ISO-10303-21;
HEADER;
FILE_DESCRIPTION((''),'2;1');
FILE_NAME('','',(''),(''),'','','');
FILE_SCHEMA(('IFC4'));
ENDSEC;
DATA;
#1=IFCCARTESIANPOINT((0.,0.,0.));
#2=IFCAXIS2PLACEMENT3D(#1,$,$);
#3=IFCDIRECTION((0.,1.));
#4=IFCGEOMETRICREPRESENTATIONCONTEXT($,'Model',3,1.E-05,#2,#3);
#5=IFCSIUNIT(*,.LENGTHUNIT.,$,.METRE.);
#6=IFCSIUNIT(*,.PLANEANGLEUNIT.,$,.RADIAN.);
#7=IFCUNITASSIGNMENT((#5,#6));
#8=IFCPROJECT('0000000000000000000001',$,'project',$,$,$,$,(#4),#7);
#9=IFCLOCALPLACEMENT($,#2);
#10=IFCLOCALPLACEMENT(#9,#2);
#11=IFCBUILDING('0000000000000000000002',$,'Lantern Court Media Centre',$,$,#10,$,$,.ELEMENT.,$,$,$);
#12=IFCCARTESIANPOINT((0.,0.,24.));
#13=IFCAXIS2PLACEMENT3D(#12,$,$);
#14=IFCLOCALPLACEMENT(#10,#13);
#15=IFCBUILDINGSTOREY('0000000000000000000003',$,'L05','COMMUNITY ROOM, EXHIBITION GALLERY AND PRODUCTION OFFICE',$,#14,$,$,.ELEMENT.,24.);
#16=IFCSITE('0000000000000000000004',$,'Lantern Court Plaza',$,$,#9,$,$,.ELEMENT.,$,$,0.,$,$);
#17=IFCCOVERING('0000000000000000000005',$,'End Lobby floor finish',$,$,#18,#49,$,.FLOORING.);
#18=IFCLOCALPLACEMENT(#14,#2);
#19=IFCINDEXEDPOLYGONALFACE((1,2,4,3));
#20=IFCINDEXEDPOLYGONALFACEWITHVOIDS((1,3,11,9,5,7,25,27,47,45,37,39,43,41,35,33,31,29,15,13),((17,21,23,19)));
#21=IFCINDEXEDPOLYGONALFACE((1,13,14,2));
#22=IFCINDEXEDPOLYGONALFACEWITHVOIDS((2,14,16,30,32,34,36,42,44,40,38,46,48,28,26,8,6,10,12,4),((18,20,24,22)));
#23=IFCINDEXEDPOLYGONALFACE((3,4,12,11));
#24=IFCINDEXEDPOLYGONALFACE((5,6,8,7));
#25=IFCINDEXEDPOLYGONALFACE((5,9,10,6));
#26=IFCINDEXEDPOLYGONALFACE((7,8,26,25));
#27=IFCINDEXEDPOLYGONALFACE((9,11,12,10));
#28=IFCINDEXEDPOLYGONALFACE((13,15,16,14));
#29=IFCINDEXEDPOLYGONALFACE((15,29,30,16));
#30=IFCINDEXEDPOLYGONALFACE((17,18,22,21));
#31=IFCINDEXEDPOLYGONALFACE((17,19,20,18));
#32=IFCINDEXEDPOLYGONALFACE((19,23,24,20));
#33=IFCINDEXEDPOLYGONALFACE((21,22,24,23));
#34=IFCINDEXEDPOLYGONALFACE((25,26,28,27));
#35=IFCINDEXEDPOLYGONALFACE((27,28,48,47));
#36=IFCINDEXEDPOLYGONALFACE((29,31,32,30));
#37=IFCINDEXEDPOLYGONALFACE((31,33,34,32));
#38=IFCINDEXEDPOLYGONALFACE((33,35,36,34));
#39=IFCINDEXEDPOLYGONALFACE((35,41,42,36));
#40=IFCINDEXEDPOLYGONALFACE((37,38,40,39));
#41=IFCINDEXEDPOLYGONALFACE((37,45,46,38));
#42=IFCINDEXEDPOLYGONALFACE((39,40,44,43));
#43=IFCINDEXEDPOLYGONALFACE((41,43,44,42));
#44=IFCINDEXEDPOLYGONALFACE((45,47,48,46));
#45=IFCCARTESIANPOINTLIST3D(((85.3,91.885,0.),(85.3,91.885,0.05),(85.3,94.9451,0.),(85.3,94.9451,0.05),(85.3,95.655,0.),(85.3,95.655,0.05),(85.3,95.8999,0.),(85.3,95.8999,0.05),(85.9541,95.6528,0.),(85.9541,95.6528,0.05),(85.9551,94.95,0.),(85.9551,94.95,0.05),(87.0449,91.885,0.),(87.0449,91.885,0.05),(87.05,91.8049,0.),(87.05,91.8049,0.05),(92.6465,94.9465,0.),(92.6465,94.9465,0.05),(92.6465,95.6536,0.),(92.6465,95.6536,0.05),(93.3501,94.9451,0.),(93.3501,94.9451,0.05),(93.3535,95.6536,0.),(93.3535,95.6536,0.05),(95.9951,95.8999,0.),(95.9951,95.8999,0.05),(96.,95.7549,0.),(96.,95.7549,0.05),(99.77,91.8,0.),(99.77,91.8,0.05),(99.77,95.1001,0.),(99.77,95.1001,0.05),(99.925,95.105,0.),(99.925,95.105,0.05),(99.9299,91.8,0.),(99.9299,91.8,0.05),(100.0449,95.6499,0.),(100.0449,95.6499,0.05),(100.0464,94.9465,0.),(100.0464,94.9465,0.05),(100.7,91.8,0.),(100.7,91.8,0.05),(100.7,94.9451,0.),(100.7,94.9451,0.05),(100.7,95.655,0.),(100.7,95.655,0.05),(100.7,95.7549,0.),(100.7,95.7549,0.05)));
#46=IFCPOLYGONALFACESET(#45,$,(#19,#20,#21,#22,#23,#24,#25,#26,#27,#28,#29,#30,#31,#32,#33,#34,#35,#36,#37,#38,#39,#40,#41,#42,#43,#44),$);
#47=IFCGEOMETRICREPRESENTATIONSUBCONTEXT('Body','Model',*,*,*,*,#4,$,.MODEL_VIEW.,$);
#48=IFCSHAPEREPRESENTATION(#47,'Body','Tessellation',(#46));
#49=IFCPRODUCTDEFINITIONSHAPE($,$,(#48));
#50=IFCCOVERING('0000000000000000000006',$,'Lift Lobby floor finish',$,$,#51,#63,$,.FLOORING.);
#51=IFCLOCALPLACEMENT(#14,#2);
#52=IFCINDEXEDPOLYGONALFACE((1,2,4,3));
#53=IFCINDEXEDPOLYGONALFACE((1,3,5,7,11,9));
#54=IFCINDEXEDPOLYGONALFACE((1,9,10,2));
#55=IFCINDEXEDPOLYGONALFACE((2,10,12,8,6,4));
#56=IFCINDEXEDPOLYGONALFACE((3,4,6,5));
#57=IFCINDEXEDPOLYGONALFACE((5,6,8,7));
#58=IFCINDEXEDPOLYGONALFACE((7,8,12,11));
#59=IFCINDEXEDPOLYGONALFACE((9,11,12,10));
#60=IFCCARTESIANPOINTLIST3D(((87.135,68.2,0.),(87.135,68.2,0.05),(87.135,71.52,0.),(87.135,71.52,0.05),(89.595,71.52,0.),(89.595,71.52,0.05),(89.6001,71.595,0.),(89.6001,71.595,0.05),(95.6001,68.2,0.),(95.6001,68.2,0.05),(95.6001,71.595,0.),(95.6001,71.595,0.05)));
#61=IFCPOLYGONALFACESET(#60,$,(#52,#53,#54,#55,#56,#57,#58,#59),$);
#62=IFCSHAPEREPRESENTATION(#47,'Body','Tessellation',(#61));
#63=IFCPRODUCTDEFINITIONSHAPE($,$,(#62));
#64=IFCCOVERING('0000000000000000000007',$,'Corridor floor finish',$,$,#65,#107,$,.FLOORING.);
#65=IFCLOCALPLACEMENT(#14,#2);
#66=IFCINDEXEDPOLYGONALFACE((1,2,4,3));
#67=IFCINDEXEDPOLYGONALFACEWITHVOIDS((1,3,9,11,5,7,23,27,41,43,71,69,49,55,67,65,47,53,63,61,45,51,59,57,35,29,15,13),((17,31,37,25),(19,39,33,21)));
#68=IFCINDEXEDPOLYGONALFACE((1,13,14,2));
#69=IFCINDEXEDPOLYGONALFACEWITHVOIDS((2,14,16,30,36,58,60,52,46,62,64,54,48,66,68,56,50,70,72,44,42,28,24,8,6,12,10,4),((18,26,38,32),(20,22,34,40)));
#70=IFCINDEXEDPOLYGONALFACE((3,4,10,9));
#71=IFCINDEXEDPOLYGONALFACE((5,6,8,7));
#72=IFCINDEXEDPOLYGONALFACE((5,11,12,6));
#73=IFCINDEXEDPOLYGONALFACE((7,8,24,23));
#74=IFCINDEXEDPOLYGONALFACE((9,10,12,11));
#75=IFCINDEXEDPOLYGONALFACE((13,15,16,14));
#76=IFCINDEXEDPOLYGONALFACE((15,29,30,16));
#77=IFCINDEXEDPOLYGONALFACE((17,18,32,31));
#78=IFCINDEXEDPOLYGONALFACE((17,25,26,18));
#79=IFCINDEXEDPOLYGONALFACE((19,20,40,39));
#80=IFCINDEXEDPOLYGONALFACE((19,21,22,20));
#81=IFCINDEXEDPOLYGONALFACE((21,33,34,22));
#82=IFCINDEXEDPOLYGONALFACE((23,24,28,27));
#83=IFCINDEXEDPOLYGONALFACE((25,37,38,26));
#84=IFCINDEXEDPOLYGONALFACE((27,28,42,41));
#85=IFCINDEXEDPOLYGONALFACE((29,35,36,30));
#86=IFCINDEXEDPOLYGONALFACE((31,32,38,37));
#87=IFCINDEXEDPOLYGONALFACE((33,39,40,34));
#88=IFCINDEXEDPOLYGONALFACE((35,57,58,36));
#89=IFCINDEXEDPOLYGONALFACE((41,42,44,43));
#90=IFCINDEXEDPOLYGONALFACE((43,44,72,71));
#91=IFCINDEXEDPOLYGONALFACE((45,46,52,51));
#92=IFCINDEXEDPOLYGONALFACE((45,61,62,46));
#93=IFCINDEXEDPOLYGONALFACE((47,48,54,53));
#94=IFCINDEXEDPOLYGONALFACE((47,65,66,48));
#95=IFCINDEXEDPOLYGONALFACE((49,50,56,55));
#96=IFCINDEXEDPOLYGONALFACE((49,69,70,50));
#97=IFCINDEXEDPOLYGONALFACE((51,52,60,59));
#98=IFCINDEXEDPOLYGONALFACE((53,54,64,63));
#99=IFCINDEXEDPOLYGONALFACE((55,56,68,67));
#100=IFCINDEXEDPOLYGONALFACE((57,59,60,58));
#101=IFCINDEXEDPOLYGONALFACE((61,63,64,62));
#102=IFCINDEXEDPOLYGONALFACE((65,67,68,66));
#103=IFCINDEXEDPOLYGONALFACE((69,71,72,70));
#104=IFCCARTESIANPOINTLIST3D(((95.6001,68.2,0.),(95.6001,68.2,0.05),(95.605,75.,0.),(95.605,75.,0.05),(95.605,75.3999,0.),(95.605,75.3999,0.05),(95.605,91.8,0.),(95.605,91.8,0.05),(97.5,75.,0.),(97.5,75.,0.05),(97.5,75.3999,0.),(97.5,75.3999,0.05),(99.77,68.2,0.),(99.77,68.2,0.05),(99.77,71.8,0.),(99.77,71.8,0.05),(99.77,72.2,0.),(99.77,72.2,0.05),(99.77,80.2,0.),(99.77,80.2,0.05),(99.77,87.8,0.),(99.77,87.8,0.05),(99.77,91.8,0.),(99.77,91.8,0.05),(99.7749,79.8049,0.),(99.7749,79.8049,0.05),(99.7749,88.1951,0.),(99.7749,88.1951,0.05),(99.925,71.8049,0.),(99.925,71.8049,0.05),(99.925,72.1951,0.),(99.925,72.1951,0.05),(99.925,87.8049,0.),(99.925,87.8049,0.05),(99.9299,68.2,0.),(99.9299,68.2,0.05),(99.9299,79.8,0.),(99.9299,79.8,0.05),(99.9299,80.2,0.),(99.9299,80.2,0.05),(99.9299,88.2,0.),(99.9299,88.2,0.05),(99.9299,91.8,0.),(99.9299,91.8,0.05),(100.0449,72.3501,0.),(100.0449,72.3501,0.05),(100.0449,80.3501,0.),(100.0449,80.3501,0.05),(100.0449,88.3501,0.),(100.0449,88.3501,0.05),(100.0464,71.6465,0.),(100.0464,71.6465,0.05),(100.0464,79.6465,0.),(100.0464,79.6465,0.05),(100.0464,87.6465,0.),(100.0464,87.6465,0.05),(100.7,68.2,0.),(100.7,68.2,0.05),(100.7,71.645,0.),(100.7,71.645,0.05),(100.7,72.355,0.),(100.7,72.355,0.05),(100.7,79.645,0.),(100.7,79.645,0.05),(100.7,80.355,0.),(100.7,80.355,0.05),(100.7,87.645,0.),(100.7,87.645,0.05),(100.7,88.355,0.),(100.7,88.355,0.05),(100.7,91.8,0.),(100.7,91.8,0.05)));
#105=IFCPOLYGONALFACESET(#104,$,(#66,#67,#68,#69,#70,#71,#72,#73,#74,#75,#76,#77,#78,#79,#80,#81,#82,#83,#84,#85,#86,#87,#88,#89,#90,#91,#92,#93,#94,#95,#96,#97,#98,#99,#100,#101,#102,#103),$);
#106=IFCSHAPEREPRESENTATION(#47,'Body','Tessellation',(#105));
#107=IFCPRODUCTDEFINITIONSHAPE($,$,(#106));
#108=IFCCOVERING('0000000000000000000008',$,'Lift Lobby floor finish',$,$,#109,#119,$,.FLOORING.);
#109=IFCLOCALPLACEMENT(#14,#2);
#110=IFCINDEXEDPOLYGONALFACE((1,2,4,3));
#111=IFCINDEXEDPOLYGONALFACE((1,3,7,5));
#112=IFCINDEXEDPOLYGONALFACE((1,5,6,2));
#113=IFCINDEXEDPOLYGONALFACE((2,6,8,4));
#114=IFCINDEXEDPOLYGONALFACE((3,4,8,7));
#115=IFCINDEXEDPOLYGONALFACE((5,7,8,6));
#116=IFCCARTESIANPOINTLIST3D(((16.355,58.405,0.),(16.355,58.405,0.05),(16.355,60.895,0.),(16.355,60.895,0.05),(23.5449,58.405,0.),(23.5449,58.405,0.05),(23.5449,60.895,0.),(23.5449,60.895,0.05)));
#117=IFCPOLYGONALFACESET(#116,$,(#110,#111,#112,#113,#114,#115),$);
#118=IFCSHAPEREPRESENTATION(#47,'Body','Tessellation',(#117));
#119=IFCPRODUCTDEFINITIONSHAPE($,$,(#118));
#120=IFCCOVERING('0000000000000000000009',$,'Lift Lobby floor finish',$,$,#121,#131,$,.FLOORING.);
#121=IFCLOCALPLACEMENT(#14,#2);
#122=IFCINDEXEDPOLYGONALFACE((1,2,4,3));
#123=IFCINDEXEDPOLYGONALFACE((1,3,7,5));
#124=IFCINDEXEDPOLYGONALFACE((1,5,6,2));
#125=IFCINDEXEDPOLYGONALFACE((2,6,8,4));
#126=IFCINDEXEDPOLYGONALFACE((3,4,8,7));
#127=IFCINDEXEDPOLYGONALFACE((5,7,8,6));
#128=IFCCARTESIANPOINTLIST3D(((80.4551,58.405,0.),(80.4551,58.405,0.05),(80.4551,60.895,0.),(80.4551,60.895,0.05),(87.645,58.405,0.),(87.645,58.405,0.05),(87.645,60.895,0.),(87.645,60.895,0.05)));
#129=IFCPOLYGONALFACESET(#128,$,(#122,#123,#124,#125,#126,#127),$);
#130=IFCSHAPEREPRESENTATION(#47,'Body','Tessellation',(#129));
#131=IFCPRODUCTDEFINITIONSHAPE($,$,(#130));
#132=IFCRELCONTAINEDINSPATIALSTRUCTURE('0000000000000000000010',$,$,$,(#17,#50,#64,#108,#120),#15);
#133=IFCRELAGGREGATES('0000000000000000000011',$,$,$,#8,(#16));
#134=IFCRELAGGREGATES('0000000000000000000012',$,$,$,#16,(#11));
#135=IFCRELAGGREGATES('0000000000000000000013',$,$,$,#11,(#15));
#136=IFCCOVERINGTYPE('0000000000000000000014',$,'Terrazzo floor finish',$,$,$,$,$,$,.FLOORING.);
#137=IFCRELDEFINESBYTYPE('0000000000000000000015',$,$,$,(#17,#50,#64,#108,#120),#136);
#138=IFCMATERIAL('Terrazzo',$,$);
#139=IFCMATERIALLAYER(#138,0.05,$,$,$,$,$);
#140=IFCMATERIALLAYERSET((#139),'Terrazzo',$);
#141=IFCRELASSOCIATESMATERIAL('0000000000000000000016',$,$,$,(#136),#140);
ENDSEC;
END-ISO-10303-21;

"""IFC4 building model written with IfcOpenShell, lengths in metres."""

from ifc_helpers import new_model, si_unit, direction, frame, origin, place, context, subcontext, project, spatial, polyline, outline, extrude, material, layer, layer_set, type_object, element, save


model = new_model("IFC4")

# Units and contexts
model_context = context("Model", 3, precision=1e-05, world=origin(), true_north=direction((0.0, 1.0)))
body_context = subcontext(model_context, "Body", "Model", "MODEL_VIEW")
ifc_project = project(units=[si_unit("LENGTHUNIT", "METRE"), si_unit("PLANEANGLEUNIT", "RADIAN")], contexts=[model_context])

# Site, building, storey
site_placement = place(None, origin())
site = spatial("IfcSite", under=ifc_project, at=site_placement, Name="Lantern Court Plaza", CompositionType="ELEMENT", RefElevation=0.0)
building_placement = place(site_placement, origin())
building = spatial("IfcBuilding", under=site, at=building_placement, Name="Lantern Court Media Centre", CompositionType="ELEMENT")
storey_placement = place(building_placement, frame((0.0, 0.0, 24.0)))
storey = spatial("IfcBuildingStorey", under=building, at=storey_placement, Name="L05", Description="COMMUNITY ROOM, EXHIBITION GALLERY AND PRODUCTION OFFICE", CompositionType="ELEMENT", Elevation=24.0)

# Coverings
ifc_material_1 = material(Name="Terrazzo")
ifc_layer_1 = layer(ifc_material_1, 0.05)
ifc_layer_set_1 = layer_set([ifc_layer_1], Name="Terrazzo")
covering_type_1 = type_object("IfcCoveringType", Name="Terrazzo floor finish", PredefinedType="FLOORING", material=ifc_layer_set_1)
covering_1_placement = place(storey_placement, origin())
element("IfcCovering", 1, at=covering_1_placement, inside=storey, type_object=covering_type_1, Name="End Lobby floor finish", PredefinedType="FLOORING", context=body_context, shape_type="SweptSolid", body=[
    extrude(outline(polyline([(100.7, 91.8), (99.9299, 91.8), (99.925, 95.105), (99.77, 95.1001), (99.77, 91.8), (87.05, 91.8049), (87.0449, 91.885), (85.3, 91.885), (85.3, 94.9451), (85.9551, 94.95), (85.9541, 95.6528), (85.3, 95.655), (85.3, 95.8999), (95.9951, 95.8999), (96.0, 95.7549), (100.7, 95.7549), (100.7, 95.655), (100.0449, 95.6499), (100.0464, 94.9465), (100.7, 94.9451), (100.7, 91.8)]), holes=[polyline([(93.3501, 94.9451), (93.3535, 95.6536), (92.6465, 95.6536), (92.6465, 94.9465), (93.3501, 94.9451)])]), origin(), (0.0, 0.0, 1.0), 0.05),
])
covering_2_placement = place(storey_placement, origin())
element("IfcCovering", 2, at=covering_2_placement, inside=storey, type_object=covering_type_1, Name="Lift Lobby floor finish", PredefinedType="FLOORING", context=body_context, shape_type="SweptSolid", body=[
    extrude(outline(polyline([(95.6001, 68.2), (87.135, 68.2), (87.135, 71.52), (89.595, 71.52), (89.6001, 71.595), (95.6001, 71.595), (95.6001, 68.2)])), origin(), (0.0, 0.0, 1.0), 0.05),
])
covering_3_placement = place(storey_placement, origin())
element("IfcCovering", 3, at=covering_3_placement, inside=storey, type_object=covering_type_1, Name="Corridor floor finish", PredefinedType="FLOORING", context=body_context, shape_type="SweptSolid", body=[
    extrude(outline(polyline([(100.7, 91.8), (100.7, 88.355), (100.0449, 88.3501), (100.0464, 87.6465), (100.7, 87.645), (100.7, 80.355), (100.0449, 80.3501), (100.0464, 79.6465), (100.7, 79.645), (100.7, 72.355), (100.0449, 72.3501), (100.0464, 71.6465), (100.7, 71.645), (100.7, 68.2), (99.9299, 68.2), (99.925, 71.8049), (99.77, 71.8), (99.77, 68.2), (95.6001, 68.2), (95.605, 75.0), (97.5, 75.0), (97.5, 75.3999), (95.605, 75.3999), (95.605, 91.8), (99.77, 91.8), (99.7749, 88.1951), (99.9299, 88.2), (99.9299, 91.8), (100.7, 91.8)]), holes=[polyline([(99.925, 72.1951), (99.9299, 79.8), (99.7749, 79.8049), (99.77, 72.2), (99.925, 72.1951)]), polyline([(99.77, 80.2), (99.9299, 80.2), (99.925, 87.8049), (99.77, 87.8), (99.77, 80.2)])]), origin(), (0.0, 0.0, 1.0), 0.05),
])
covering_4_placement = place(storey_placement, origin())
element("IfcCovering", 4, at=covering_4_placement, inside=storey, type_object=covering_type_1, Name="Lift Lobby floor finish", PredefinedType="FLOORING", context=body_context, shape_type="SweptSolid", body=[
    extrude(outline(polyline([(16.355, 60.895), (23.5449, 60.895), (23.5449, 58.405), (16.355, 58.405), (16.355, 60.895)])), origin(), (0.0, 0.0, 1.0), 0.05),
])
covering_5_placement = place(storey_placement, origin())
element("IfcCovering", 5, at=covering_5_placement, inside=storey, type_object=covering_type_1, Name="Lift Lobby floor finish", PredefinedType="FLOORING", context=body_context, shape_type="SweptSolid", body=[
    extrude(outline(polyline([(87.645, 58.405), (80.4551, 58.405), (80.4551, 60.895), (87.645, 60.895), (87.645, 58.405)])), origin(), (0.0, 0.0, 1.0), 0.05),
])

save(model, "model.ifc")
